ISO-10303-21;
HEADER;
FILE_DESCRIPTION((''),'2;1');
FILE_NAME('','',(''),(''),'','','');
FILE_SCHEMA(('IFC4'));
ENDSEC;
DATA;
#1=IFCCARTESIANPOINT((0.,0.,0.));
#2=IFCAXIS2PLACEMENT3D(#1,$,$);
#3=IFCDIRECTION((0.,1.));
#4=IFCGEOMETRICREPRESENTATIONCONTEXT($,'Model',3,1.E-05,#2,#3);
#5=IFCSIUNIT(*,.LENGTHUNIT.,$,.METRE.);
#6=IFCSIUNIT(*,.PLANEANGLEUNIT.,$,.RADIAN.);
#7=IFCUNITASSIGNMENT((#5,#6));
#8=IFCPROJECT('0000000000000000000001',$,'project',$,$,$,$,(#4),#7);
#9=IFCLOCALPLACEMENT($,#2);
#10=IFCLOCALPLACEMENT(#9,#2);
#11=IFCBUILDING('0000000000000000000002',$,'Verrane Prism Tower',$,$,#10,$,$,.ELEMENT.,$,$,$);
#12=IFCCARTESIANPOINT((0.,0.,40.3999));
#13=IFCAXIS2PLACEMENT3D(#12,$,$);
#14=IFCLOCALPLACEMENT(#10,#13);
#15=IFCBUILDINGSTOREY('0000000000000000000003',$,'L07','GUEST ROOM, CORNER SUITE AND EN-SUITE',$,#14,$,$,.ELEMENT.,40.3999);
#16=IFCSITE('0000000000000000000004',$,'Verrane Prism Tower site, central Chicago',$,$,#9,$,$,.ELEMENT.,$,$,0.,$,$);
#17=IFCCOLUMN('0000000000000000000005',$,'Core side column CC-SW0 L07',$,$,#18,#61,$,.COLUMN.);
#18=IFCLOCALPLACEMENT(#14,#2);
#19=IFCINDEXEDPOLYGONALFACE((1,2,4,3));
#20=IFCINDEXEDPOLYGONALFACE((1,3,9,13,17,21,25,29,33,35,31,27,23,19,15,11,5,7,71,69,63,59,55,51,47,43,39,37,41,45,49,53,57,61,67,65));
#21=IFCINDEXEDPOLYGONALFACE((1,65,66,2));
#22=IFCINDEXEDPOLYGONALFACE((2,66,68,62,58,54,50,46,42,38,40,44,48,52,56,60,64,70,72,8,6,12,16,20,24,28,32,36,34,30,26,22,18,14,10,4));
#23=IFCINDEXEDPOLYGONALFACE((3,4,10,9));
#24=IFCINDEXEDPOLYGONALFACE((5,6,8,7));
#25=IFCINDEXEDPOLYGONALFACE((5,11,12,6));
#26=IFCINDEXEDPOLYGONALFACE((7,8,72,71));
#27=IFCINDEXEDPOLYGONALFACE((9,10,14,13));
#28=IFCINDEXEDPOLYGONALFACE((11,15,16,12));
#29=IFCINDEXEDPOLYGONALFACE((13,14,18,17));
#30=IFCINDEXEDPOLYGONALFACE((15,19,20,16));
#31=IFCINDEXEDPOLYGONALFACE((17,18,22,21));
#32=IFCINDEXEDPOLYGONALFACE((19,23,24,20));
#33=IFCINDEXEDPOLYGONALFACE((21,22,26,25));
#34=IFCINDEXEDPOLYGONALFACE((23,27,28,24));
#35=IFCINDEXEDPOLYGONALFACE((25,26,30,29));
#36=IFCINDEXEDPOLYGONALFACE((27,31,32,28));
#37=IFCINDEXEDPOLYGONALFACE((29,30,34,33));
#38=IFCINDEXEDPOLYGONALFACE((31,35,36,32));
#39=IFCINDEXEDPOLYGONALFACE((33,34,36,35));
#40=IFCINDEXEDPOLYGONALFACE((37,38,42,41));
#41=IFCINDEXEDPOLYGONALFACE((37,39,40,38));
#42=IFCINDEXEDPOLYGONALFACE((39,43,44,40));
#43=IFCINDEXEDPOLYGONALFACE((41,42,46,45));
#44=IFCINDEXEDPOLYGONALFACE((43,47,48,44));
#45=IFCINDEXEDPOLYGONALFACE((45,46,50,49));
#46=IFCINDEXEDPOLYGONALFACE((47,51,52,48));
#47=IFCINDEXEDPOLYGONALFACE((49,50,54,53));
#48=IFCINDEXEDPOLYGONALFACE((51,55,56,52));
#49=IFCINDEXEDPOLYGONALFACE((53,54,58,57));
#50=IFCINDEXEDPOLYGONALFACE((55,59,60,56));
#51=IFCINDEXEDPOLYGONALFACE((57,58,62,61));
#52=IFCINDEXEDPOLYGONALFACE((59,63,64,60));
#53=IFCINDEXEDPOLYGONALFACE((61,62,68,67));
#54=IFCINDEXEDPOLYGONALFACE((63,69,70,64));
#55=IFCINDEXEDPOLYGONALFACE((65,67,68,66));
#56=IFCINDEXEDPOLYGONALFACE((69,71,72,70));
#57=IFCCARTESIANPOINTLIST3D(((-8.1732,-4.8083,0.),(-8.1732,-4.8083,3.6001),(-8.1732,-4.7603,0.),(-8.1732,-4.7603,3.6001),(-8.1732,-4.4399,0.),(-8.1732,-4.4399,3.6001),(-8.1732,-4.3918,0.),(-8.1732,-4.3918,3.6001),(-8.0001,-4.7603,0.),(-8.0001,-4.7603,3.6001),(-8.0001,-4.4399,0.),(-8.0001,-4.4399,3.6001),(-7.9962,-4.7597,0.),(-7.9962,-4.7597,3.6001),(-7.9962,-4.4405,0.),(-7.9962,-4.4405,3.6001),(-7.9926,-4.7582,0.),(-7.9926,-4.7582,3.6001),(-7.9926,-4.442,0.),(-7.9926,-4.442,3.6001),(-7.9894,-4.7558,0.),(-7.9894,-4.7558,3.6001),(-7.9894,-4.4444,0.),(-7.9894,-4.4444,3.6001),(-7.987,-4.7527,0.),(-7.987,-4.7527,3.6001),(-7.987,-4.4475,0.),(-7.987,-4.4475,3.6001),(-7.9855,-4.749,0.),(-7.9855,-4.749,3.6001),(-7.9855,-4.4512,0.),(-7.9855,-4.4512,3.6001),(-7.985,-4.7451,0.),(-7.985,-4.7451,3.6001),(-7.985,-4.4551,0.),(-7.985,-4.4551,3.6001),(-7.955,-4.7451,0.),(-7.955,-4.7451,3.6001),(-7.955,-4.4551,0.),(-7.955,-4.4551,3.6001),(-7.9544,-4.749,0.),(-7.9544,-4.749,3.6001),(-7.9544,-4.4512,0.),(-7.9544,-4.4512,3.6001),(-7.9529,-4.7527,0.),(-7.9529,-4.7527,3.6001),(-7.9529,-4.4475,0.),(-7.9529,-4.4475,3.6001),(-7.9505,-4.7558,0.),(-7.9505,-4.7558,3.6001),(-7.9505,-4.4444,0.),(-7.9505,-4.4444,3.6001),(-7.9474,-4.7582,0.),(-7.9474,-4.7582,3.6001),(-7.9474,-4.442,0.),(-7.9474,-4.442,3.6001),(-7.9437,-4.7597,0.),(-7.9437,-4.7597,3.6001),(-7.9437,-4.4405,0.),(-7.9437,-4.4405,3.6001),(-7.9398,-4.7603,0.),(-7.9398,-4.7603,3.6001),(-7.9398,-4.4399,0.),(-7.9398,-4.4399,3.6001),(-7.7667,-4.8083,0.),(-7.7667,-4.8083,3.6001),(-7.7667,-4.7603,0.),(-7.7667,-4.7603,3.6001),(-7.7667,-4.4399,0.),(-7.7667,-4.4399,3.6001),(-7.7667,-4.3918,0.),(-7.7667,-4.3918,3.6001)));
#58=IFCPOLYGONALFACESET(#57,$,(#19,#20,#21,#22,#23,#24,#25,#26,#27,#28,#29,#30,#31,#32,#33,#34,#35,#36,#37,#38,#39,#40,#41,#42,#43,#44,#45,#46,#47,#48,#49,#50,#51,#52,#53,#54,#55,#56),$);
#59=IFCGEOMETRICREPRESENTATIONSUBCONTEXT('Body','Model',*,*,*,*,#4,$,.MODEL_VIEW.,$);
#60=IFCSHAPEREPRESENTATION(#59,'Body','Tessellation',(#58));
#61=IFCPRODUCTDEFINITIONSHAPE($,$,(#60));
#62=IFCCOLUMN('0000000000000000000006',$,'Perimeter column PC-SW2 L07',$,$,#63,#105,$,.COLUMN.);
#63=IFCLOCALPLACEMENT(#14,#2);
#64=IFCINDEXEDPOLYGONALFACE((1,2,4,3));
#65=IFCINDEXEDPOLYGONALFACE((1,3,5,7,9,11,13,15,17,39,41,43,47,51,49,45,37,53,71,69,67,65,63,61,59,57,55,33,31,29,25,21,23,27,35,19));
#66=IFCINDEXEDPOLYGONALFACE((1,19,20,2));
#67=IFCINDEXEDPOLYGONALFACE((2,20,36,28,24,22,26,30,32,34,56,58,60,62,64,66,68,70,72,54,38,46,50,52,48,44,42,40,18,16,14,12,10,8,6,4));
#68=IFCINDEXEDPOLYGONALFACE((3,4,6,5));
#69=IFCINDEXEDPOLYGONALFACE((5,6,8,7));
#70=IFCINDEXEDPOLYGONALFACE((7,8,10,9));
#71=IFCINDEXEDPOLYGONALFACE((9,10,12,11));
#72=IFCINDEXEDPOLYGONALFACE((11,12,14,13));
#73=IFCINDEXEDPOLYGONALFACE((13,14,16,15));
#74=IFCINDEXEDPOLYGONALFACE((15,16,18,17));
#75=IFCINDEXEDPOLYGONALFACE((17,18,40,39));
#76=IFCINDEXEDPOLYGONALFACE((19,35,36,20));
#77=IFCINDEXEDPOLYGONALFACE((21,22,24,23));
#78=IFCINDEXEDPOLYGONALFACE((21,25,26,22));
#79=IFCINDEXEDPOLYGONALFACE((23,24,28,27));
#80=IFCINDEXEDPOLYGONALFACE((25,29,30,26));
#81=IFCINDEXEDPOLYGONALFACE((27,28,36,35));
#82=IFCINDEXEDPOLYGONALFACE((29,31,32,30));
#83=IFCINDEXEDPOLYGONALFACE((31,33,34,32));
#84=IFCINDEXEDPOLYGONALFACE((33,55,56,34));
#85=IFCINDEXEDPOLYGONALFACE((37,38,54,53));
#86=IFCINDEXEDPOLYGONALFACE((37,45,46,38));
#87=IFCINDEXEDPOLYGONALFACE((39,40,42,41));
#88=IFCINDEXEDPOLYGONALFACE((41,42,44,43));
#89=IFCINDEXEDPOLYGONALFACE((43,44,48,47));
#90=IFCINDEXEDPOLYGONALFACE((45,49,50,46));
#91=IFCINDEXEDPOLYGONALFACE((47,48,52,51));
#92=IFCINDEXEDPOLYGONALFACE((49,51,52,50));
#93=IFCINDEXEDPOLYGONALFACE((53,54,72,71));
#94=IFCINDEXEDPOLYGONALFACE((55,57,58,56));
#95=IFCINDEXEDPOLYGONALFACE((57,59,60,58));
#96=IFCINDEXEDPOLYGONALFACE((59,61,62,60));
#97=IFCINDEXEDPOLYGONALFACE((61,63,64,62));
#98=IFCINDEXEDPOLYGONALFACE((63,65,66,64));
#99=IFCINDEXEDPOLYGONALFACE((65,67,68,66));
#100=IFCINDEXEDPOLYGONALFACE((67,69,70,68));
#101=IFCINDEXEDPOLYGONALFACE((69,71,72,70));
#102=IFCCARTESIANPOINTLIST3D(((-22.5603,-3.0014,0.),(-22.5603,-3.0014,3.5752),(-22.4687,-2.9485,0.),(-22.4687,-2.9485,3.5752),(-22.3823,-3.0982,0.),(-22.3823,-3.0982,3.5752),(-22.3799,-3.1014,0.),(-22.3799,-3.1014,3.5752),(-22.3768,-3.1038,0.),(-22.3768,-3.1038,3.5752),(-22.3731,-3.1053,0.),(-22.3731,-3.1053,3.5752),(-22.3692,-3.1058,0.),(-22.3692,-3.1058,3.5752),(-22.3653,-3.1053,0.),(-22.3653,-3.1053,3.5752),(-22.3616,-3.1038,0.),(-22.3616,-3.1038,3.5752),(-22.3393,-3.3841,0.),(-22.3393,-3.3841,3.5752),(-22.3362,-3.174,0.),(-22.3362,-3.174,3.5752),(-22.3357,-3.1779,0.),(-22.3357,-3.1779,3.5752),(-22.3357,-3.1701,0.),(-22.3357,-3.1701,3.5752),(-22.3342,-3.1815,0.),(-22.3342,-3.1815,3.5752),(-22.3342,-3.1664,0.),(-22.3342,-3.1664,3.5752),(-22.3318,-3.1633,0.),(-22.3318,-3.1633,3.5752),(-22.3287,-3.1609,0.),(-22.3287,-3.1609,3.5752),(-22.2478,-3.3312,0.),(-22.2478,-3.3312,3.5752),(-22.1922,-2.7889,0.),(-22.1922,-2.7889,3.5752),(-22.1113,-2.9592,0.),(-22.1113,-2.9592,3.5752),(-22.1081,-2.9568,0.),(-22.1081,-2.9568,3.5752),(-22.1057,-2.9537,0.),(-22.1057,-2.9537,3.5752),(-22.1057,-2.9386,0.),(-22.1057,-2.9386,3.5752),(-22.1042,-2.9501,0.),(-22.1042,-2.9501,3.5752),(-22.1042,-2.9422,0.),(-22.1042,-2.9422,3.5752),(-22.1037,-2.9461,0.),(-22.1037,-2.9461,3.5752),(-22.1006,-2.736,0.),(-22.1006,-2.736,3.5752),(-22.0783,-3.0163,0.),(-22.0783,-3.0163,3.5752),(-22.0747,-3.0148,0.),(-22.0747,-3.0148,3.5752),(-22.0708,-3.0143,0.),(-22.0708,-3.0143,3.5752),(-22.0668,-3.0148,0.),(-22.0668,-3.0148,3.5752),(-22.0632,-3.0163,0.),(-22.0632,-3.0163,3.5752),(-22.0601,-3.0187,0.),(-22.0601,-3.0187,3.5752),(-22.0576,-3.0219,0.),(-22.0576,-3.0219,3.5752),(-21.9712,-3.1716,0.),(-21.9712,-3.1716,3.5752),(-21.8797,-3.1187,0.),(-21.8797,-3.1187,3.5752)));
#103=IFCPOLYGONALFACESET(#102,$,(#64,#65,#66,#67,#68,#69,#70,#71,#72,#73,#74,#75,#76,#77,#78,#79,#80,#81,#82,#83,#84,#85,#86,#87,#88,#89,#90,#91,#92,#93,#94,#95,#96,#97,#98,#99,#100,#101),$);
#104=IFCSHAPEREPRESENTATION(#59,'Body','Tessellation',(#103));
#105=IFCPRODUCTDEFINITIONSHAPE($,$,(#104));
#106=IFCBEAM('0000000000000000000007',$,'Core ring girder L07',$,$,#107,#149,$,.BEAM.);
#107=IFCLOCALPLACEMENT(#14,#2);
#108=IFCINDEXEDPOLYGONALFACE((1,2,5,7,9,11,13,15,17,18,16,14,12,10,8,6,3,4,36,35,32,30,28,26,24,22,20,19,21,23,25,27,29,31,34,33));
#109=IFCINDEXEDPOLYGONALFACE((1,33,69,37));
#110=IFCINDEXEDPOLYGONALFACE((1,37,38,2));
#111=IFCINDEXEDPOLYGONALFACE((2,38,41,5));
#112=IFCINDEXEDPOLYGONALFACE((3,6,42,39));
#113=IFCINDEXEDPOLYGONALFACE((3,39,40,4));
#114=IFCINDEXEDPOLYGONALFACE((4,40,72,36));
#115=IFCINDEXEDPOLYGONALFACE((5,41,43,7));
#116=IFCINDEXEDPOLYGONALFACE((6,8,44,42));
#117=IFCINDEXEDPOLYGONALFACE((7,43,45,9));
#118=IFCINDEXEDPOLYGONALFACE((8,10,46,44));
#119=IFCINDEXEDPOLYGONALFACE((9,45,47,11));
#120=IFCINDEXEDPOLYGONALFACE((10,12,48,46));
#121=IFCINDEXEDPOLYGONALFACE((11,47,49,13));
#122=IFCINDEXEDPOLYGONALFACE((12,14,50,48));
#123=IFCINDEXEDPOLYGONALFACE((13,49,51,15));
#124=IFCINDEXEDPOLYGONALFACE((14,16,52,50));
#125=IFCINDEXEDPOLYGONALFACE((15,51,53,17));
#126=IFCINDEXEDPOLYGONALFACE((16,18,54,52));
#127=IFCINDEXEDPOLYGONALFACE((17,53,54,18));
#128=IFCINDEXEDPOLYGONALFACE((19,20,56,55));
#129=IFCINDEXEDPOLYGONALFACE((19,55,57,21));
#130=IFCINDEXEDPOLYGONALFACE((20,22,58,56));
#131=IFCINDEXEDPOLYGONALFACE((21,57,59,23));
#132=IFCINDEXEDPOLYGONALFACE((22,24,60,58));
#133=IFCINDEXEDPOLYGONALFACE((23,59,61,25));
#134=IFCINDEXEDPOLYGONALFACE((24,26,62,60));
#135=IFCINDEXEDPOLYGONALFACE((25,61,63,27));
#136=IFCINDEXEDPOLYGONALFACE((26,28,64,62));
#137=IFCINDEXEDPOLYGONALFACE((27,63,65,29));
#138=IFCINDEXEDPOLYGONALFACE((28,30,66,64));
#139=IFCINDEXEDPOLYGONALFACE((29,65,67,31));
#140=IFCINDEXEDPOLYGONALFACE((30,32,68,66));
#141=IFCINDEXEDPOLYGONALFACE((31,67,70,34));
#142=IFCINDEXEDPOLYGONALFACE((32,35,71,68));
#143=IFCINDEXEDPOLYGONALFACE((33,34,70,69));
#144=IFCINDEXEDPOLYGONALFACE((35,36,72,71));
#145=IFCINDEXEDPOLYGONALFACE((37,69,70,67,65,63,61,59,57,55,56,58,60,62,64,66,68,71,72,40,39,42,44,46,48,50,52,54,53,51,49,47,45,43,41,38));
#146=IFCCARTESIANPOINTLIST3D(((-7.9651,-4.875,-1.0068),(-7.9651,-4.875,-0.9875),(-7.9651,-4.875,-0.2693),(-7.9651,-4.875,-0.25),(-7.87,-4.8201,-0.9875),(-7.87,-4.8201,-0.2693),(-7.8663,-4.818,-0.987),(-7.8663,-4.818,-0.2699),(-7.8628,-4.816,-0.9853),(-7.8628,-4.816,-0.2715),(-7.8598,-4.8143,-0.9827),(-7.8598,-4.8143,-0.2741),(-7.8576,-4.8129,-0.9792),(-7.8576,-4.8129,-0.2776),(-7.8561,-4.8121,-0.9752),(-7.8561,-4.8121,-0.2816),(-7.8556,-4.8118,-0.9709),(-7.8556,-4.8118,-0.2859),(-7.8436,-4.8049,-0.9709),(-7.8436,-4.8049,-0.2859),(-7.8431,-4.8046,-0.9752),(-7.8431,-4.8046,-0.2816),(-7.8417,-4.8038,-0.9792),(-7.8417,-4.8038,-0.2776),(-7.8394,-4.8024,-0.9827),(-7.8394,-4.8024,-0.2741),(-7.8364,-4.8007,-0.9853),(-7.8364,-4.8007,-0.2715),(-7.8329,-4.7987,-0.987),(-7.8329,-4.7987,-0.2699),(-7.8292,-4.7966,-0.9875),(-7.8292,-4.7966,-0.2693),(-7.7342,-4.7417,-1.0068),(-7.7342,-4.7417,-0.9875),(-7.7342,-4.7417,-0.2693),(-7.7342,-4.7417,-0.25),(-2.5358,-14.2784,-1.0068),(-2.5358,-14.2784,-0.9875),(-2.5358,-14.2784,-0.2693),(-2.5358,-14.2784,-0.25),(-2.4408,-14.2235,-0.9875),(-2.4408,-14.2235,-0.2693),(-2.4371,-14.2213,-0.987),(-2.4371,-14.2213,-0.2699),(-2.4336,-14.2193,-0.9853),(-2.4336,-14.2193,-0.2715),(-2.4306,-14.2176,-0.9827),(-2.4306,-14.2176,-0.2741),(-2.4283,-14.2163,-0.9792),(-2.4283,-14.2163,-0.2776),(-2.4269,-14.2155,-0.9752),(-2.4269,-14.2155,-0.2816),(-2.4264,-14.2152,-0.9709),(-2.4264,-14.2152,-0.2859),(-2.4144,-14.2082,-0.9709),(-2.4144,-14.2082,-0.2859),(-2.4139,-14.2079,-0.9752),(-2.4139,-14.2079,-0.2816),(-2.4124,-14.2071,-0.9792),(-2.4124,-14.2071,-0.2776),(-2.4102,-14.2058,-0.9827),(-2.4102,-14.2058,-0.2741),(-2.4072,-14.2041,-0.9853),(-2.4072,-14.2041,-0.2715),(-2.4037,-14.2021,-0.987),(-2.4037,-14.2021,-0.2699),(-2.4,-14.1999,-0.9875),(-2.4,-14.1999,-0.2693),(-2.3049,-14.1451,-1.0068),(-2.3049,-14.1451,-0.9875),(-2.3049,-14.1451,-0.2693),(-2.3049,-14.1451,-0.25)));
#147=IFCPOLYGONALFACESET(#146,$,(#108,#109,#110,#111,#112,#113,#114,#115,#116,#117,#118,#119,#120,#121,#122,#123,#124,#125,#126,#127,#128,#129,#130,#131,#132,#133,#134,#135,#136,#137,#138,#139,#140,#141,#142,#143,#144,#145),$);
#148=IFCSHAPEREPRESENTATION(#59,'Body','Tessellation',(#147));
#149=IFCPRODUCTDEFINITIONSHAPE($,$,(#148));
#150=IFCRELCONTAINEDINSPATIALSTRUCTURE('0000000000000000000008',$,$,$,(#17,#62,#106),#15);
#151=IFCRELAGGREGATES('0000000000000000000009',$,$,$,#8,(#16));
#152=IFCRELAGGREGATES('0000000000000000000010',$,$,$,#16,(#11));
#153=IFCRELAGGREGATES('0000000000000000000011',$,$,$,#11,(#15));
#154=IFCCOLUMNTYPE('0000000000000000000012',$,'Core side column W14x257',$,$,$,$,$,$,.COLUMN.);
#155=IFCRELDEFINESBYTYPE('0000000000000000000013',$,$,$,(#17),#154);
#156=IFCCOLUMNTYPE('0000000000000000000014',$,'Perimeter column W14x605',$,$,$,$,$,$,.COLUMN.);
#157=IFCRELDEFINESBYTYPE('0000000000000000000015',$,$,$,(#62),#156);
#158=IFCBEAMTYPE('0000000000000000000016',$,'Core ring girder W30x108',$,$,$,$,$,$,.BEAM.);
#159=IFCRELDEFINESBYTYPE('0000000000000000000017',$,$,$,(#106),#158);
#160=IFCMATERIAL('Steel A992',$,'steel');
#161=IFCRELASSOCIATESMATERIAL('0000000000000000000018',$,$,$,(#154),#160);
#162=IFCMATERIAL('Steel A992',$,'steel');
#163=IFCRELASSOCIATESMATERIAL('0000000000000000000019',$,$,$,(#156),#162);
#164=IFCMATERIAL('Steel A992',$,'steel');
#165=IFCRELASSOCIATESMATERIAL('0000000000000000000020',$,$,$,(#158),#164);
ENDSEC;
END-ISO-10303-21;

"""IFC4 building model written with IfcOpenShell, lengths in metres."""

from ifc_helpers import new_model, si_unit, direction, frame, origin, origin_2d, place, context, subcontext, project, spatial, i_section, extrude, material, material_profile, profile_set, type_object, element, save


model = new_model("IFC4")

# Units and contexts
model_context = context("Model", 3, precision=1e-05, world=origin(), true_north=direction((0.0, 1.0)))
body_context = subcontext(model_context, "Body", "Model", "MODEL_VIEW")
ifc_project = project(units=[si_unit("LENGTHUNIT", "METRE"), si_unit("PLANEANGLEUNIT", "RADIAN")], contexts=[model_context])

# Site, building, storey
site_placement = place(None, origin())
site = spatial("IfcSite", under=ifc_project, at=site_placement, Name="Verrane Prism Tower site, central Chicago", CompositionType="ELEMENT", RefElevation=0.0)
building_placement = place(site_placement, origin())
building = spatial("IfcBuilding", under=site, at=building_placement, Name="Verrane Prism Tower", CompositionType="ELEMENT")
storey_placement = place(building_placement, frame((0.0, 0.0, 40.3999)))
storey = spatial("IfcBuildingStorey", under=building, at=storey_placement, Name="L07", Description="GUEST ROOM, CORNER SUITE AND EN-SUITE", CompositionType="ELEMENT", Elevation=40.3999)

# Columns
ifc_material_1 = material(Name="Steel A992", Category="steel")
ifc_material_profile_1 = material_profile(ifc_material_1, i_section(OverallWidth=0.4065, OverallDepth=0.4165, WebThickness=0.03, FlangeThickness=0.0481, FilletRadius=0.0151, at=origin_2d()), Name="W14x257")
ifc_profile_set_1 = profile_set([ifc_material_profile_1], Name="Steel A992")
column_type_1 = type_object("IfcColumnType", Name="Core side column W14x257", PredefinedType="COLUMN", material=ifc_profile_set_1)
column_1_placement = place(storey_placement, frame((-7.97, -4.6001, 0.0), z_axis=(0.0, 0.0, 1.0), x_axis=(1.0, 0.0, 0.0)))
element("IfcColumn", 1, at=column_1_placement, inside=storey, type_object=column_type_1, Name="Core side column CC-SW0 L07", PredefinedType="COLUMN", context=body_context, shape_type="SweptSolid", body=[
    extrude(i_section(OverallWidth=0.4065, OverallDepth=0.4165, WebThickness=0.03, FlangeThickness=0.0481, FilletRadius=0.0151, at=origin_2d()), origin(), (0.0, 0.0, 1.0), 3.6001),
])
ifc_material_2 = material(Name="Steel A992", Category="steel")
ifc_material_profile_2 = material_profile(ifc_material_2, i_section(OverallWidth=0.4419, OverallDepth=0.5308, WebThickness=0.0659, FlangeThickness=0.1057, FilletRadius=0.0151, at=origin_2d()), Name="W14x605")
ifc_profile_set_2 = profile_set([ifc_material_profile_2], Name="Steel A992")
column_type_2 = type_object("IfcColumnType", Name="Perimeter column W14x605", PredefinedType="COLUMN", material=ifc_profile_set_2)
column_2_placement = place(storey_placement, frame((-22.22, -3.0601, 0.0), z_axis=(0.0, 0.0, 1.0), x_axis=(-0.5, 0.866025, 0.0)))
element("IfcColumn", 2, at=column_2_placement, inside=storey, type_object=column_type_2, Name="Perimeter column PC-SW2 L07", PredefinedType="COLUMN", context=body_context, shape_type="SweptSolid", body=[
    extrude(i_section(OverallWidth=0.4419, OverallDepth=0.5308, WebThickness=0.0659, FlangeThickness=0.1057, FilletRadius=0.0151, at=origin_2d()), origin(), (0.0, 0.0, 1.0), 3.5752),
])

# Beam
ifc_material_3 = material(Name="Steel A992", Category="steel")
ifc_material_profile_3 = material_profile(ifc_material_3, i_section(OverallWidth=0.2666, OverallDepth=0.7568, WebThickness=0.0139, FlangeThickness=0.0193, FilletRadius=0.0166, at=origin_2d()), Name="W30x108")
ifc_profile_set_3 = profile_set([ifc_material_profile_3], Name="Steel A992")
beam_type_1 = type_object("IfcBeamType", Name="Core ring girder W30x108", PredefinedType="BEAM", material=ifc_profile_set_3)
beam_1_placement = place(storey_placement, frame((-7.8496, -4.8083, -0.6284), z_axis=(0.500013, -0.866018, 0.0), x_axis=(0.866018, 0.500013, 0.0)))
element("IfcBeam", 3, at=beam_1_placement, inside=storey, type_object=beam_type_1, Name="Core ring girder L07", PredefinedType="BEAM", context=body_context, shape_type="SweptSolid", body=[
    extrude(i_section(OverallWidth=0.2666, OverallDepth=0.7568, WebThickness=0.0139, FlangeThickness=0.0193, FilletRadius=0.0166, at=origin_2d()), origin(), (0.0, 0.0, 1.0), 10.8582),
])

save(model, "model.ifc")
